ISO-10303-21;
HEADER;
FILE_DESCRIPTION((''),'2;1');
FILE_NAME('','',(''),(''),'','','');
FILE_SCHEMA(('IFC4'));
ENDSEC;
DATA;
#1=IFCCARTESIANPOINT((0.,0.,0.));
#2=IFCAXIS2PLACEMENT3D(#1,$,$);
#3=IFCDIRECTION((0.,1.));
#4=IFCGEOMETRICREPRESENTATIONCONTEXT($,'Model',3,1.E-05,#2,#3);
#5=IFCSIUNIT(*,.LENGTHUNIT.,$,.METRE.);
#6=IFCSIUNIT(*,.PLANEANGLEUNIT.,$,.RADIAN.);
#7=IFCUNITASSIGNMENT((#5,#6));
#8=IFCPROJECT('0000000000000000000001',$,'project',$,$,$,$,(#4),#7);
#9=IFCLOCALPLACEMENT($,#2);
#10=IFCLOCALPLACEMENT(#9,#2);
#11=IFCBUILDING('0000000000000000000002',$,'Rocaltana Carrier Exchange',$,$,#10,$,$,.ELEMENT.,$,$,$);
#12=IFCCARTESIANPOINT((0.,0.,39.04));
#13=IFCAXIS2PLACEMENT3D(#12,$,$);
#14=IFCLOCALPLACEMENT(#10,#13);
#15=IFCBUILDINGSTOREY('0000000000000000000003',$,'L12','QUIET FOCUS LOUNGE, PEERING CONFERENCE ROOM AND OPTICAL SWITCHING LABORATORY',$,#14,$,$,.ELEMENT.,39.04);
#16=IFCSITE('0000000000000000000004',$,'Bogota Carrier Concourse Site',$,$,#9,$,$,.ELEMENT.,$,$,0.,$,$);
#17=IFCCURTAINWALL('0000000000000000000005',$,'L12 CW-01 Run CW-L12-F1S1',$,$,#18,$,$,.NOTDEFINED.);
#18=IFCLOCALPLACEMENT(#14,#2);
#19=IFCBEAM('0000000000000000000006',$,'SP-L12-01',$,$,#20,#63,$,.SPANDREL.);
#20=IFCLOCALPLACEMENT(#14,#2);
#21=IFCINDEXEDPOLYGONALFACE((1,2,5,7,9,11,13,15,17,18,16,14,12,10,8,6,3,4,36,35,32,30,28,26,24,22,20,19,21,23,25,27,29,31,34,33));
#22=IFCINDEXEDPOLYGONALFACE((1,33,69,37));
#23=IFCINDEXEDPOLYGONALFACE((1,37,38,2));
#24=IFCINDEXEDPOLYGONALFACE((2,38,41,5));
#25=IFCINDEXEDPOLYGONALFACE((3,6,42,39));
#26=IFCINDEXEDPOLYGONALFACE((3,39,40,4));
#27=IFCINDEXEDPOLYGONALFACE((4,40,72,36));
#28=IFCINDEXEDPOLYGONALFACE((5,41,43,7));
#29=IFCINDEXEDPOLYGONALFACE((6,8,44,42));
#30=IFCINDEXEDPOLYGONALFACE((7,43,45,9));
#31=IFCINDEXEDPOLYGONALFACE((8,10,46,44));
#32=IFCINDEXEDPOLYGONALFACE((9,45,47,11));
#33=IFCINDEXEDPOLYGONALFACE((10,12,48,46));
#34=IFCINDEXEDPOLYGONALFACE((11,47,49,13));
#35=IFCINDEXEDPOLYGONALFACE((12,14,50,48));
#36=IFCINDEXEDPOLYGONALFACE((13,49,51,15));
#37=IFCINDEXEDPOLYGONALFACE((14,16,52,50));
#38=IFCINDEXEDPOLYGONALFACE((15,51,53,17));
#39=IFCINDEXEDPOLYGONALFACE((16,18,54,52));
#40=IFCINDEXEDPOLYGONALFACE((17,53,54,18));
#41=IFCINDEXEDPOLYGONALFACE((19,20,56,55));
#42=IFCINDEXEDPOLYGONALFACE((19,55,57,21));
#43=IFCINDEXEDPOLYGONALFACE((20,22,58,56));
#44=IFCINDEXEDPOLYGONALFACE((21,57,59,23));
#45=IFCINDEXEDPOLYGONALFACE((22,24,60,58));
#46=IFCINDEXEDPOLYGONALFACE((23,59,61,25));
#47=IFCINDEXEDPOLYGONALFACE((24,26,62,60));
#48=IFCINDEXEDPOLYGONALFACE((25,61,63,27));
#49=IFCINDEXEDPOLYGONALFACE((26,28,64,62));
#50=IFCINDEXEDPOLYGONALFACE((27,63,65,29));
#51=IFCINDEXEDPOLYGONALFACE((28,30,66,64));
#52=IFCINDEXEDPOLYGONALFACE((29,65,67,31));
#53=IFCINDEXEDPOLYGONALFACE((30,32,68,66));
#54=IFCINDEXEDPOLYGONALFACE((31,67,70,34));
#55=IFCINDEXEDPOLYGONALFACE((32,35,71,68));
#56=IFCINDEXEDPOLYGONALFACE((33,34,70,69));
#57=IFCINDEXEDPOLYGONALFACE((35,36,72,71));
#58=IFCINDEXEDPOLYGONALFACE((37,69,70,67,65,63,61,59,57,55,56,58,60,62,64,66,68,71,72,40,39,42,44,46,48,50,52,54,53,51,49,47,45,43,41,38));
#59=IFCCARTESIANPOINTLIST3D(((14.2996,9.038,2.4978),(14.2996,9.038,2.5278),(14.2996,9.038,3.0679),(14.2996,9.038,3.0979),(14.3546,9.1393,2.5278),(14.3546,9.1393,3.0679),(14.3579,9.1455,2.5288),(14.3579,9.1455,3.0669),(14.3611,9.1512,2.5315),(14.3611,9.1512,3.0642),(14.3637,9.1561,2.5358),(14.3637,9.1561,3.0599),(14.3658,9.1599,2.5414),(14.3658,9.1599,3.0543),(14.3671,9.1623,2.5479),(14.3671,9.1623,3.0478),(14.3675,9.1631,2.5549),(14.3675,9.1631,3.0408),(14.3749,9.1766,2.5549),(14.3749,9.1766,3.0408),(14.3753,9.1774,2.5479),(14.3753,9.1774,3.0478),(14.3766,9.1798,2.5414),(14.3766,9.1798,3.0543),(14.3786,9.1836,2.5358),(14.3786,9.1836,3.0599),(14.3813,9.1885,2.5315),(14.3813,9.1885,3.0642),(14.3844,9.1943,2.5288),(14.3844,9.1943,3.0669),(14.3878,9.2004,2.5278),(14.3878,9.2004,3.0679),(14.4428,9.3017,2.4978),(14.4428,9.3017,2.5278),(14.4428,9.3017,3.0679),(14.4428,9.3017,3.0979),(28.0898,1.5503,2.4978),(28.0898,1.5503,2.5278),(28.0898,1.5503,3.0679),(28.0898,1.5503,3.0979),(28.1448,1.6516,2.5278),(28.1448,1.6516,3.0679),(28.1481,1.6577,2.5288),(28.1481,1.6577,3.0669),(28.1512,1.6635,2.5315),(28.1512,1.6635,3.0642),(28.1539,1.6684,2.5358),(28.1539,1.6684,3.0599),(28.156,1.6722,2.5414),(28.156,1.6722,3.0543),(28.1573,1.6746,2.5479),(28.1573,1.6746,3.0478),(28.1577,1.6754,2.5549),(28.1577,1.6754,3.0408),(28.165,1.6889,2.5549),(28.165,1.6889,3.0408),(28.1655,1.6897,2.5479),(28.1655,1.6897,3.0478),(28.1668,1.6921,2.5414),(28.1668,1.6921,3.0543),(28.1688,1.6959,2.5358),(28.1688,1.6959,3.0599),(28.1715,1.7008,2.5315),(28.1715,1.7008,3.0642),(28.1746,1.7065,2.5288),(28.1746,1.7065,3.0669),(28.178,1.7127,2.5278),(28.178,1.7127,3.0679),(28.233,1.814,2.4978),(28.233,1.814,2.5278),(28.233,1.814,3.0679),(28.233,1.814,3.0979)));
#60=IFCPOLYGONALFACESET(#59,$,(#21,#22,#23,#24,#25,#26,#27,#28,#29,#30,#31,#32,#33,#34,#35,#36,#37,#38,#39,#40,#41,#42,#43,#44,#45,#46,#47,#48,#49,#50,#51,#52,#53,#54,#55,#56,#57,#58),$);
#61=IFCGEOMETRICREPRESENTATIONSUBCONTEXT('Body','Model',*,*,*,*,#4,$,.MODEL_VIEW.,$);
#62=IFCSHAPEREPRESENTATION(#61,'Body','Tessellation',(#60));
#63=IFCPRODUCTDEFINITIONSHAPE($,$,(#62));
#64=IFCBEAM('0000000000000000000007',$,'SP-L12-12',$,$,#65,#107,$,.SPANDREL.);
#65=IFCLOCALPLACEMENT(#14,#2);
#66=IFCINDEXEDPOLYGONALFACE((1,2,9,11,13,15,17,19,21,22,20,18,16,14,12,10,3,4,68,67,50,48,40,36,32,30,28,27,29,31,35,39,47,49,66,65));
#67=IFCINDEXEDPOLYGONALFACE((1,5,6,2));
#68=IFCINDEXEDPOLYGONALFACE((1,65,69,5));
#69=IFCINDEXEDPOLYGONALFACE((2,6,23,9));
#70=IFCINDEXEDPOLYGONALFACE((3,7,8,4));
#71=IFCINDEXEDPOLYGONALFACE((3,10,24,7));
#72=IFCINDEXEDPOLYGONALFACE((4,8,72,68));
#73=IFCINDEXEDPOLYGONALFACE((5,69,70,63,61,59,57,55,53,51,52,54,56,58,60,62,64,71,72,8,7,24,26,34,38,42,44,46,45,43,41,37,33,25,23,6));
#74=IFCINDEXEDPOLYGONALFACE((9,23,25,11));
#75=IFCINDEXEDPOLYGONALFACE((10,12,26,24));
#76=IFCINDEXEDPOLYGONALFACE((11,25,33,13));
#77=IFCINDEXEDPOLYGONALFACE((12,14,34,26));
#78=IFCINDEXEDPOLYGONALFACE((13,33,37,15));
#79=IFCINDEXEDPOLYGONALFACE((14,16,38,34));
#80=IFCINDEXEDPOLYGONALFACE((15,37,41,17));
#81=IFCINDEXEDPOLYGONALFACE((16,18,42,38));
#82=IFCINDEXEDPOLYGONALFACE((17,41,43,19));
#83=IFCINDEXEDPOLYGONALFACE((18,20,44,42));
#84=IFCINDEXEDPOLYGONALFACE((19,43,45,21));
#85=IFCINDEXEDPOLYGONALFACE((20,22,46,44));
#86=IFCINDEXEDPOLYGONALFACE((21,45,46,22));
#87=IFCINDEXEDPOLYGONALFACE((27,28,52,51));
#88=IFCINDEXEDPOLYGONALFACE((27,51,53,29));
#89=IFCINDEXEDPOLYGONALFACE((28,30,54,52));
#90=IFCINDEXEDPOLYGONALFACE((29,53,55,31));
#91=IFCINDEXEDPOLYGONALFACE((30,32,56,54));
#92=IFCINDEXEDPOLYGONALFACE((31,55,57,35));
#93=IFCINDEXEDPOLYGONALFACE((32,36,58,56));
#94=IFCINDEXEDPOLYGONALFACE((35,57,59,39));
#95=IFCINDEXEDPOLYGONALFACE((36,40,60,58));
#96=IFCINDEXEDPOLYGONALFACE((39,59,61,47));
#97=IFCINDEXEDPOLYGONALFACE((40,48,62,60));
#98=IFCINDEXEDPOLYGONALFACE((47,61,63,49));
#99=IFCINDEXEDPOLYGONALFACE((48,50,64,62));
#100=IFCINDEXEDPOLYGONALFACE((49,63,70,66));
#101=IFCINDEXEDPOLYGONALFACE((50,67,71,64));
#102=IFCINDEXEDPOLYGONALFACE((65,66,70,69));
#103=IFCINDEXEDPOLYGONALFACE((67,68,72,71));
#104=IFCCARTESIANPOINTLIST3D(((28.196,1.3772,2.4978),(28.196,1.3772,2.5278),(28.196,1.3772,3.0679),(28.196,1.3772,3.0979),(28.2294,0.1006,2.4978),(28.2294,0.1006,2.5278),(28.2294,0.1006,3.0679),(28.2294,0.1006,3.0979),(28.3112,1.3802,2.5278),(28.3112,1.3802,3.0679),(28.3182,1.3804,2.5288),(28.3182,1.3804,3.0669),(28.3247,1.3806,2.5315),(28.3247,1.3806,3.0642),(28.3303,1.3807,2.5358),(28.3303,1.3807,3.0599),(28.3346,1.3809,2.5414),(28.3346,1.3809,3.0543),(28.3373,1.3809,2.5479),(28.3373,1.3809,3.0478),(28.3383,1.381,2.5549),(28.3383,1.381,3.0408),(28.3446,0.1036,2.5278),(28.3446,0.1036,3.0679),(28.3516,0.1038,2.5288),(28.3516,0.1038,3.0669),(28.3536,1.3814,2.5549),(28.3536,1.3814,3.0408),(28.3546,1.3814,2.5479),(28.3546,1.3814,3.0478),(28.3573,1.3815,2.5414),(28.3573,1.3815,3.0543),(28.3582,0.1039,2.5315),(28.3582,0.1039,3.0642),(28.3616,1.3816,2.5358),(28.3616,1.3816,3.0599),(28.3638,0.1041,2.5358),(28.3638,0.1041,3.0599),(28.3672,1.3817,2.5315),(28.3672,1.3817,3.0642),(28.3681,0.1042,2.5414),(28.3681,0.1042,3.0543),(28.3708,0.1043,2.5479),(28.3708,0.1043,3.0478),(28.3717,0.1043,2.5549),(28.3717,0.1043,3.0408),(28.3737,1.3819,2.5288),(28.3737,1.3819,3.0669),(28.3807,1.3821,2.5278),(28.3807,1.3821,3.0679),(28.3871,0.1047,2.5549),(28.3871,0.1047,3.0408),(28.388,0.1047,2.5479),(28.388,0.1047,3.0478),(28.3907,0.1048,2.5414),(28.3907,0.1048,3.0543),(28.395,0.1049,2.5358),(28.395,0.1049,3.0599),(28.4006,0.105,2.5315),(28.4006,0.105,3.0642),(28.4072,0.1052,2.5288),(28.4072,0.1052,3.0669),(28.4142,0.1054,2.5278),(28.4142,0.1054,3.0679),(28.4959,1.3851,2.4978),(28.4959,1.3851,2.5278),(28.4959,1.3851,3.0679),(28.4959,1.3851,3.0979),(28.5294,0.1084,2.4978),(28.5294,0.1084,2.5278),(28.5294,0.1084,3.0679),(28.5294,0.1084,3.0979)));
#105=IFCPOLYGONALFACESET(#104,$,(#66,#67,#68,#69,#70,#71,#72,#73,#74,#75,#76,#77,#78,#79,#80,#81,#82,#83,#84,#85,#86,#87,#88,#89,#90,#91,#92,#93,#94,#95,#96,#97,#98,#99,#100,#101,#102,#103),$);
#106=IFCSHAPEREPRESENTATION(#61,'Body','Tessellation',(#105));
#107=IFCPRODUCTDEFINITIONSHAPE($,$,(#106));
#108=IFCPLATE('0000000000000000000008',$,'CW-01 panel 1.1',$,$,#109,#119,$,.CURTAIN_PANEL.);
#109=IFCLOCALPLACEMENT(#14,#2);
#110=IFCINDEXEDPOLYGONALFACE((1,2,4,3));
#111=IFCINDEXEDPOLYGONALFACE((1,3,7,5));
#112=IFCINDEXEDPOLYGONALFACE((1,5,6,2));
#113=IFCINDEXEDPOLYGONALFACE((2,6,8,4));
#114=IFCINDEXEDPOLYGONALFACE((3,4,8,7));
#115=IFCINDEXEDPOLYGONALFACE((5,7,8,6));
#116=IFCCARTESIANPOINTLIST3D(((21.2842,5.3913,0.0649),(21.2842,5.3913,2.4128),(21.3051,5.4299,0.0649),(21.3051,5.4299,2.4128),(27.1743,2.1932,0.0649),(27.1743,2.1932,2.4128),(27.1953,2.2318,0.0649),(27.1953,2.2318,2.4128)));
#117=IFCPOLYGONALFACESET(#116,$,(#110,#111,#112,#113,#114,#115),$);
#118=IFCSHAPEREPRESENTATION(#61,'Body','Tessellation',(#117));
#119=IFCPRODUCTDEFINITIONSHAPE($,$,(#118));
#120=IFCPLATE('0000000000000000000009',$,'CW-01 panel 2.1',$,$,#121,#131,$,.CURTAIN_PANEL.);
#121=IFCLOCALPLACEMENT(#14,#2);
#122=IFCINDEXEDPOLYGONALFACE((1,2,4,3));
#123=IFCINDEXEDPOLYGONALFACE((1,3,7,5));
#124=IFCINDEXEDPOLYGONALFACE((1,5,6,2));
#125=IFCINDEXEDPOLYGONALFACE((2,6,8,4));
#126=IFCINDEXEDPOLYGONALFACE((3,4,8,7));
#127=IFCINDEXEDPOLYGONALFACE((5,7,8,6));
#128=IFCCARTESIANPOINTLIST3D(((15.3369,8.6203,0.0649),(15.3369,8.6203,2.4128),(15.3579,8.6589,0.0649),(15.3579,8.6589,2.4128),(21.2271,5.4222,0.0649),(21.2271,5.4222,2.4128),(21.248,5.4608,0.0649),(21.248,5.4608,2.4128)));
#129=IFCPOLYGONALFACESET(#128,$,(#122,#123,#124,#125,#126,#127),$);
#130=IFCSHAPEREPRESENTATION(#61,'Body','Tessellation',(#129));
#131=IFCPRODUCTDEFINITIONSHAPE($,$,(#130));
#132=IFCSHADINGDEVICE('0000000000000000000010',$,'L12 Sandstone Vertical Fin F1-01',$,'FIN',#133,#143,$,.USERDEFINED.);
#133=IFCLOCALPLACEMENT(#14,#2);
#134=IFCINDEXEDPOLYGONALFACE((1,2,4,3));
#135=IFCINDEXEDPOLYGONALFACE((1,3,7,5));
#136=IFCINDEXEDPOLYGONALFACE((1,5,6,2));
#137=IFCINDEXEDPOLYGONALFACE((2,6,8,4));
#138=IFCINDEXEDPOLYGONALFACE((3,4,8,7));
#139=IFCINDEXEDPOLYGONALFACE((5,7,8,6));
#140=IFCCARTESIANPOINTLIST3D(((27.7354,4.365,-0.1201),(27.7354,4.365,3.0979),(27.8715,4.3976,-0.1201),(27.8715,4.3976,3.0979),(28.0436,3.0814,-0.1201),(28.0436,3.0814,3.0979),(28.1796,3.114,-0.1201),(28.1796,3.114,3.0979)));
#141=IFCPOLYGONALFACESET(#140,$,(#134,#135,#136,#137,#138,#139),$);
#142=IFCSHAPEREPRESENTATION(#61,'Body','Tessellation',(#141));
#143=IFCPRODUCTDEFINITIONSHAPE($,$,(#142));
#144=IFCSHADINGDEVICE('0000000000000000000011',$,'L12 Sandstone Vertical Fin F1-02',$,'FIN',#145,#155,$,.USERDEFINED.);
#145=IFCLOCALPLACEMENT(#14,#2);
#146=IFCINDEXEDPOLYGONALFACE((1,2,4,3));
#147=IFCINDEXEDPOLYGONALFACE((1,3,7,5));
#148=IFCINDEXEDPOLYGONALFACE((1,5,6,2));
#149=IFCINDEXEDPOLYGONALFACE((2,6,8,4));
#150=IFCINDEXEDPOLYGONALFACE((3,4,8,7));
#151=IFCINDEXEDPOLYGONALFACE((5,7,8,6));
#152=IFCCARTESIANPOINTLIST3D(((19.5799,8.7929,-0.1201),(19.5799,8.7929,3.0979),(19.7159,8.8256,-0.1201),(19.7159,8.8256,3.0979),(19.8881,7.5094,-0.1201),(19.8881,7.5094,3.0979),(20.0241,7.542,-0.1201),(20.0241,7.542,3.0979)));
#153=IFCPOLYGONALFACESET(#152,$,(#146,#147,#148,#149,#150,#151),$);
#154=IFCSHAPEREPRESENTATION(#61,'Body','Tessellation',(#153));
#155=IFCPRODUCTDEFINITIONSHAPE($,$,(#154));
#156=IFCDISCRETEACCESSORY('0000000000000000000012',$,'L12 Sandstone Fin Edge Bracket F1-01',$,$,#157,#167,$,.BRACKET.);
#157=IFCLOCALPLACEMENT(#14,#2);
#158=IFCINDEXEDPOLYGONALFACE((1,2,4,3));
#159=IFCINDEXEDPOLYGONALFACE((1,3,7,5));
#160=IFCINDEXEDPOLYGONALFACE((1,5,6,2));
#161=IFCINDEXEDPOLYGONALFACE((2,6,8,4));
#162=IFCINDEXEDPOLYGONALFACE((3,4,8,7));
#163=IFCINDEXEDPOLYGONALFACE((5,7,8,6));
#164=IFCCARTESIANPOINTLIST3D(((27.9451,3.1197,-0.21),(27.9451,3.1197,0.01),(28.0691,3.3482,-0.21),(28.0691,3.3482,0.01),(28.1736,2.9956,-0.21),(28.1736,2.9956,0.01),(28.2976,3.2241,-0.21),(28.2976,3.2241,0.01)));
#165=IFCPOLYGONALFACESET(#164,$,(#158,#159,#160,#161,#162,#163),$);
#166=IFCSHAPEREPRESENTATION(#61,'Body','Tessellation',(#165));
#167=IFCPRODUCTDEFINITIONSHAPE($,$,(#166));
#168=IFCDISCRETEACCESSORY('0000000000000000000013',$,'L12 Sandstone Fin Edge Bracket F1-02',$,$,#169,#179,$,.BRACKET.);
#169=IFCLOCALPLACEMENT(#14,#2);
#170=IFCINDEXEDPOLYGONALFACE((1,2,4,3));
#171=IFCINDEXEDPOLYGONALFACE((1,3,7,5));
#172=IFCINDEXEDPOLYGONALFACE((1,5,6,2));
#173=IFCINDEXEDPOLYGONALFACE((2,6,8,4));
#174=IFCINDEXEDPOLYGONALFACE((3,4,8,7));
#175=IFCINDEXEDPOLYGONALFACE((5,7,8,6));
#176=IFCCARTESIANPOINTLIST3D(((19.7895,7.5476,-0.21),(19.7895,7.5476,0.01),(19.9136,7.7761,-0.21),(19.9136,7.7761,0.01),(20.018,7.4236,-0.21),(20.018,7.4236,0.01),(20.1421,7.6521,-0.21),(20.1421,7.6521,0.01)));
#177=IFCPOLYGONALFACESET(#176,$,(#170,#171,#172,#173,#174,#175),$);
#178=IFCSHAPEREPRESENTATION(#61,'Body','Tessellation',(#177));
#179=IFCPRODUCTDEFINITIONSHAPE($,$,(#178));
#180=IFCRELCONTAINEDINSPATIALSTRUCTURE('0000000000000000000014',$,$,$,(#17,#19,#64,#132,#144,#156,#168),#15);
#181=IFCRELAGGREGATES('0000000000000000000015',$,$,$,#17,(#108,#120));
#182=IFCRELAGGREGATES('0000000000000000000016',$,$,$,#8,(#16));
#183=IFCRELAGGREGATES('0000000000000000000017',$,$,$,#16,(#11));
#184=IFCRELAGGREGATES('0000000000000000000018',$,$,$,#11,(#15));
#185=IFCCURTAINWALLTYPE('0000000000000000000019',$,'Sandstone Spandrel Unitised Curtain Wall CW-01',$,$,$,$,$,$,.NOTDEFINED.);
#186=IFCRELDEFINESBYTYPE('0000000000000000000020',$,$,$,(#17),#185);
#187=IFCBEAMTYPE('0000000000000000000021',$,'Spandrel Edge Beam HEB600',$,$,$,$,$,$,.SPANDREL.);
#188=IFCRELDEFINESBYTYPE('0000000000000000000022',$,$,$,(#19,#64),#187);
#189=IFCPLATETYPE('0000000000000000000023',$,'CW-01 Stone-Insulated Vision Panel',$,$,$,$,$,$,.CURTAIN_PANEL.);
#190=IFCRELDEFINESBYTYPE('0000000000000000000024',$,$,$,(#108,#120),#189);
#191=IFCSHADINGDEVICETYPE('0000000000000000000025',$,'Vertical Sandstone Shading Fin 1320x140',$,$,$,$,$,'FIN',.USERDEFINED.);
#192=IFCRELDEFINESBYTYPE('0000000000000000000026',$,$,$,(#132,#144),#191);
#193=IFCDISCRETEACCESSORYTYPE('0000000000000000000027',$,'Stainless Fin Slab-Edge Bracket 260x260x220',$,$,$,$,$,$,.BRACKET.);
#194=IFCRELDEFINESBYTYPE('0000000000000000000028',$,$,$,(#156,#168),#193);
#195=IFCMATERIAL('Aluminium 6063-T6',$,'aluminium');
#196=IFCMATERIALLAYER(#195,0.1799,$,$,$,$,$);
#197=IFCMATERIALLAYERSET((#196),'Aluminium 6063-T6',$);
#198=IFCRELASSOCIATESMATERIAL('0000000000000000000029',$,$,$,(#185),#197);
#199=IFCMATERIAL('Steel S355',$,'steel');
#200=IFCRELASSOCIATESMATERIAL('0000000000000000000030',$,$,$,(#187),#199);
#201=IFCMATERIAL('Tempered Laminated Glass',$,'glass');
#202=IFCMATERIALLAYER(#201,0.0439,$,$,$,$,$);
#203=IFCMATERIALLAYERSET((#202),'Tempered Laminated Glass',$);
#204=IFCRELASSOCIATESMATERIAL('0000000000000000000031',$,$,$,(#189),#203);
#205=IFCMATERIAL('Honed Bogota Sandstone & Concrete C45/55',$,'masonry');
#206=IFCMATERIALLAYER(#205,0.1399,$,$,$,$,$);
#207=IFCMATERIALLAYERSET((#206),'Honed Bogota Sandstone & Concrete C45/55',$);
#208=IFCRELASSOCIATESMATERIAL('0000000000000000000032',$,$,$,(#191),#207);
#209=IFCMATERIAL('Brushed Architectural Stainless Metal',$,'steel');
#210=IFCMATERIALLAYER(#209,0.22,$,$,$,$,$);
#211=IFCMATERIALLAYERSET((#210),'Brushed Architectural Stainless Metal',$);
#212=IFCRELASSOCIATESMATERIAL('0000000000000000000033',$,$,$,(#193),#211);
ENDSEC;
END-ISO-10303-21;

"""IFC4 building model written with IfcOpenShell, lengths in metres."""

from ifc_helpers import new_model, si_unit, direction, frame, origin, origin_2d, place, context, subcontext, project, spatial, rectangle, i_section, extrude, material, layer, layer_set, material_profile, profile_set, type_object, element, aggregate, save


model = new_model("IFC4")

# Units and contexts
model_context = context("Model", 3, precision=1e-05, world=origin(), true_north=direction((0.0, 1.0)))
body_context = subcontext(model_context, "Body", "Model", "MODEL_VIEW")
ifc_project = project(units=[si_unit("LENGTHUNIT", "METRE"), si_unit("PLANEANGLEUNIT", "RADIAN")], contexts=[model_context])

# Site, building, storey
site_placement = place(None, origin())
site = spatial("IfcSite", under=ifc_project, at=site_placement, Name="Bogota Carrier Concourse Site", CompositionType="ELEMENT", RefElevation=0.0)
building_placement = place(site_placement, origin())
building = spatial("IfcBuilding", under=site, at=building_placement, Name="Rocaltana Carrier Exchange", CompositionType="ELEMENT")
storey_placement = place(building_placement, frame((0.0, 0.0, 39.04)))
storey = spatial("IfcBuildingStorey", under=building, at=storey_placement, Name="L12", Description="QUIET FOCUS LOUNGE, PEERING CONFERENCE ROOM AND OPTICAL SWITCHING LABORATORY", CompositionType="ELEMENT", Elevation=39.04)

# Curtain wall
ifc_material_1 = material(Name="Aluminium 6063-T6", Category="aluminium")
ifc_layer_1 = layer(ifc_material_1, 0.1799)
ifc_layer_set_1 = layer_set([ifc_layer_1], Name="Aluminium 6063-T6")
curtain_wall_type = type_object("IfcCurtainWallType", Name="Sandstone Spandrel Unitised Curtain Wall CW-01", PredefinedType="NOTDEFINED", material=ifc_layer_set_1)
curtain_wall_placement = place(storey_placement, origin())
curtain_wall = element("IfcCurtainWall", 1, at=curtain_wall_placement, inside=storey, type_object=curtain_wall_type, Name="L12 CW-01 Run CW-L12-F1S1", PredefinedType="NOTDEFINED")

# Beams
ifc_material_2 = material(Name="Steel S355", Category="steel")
ifc_material_profile_1 = material_profile(ifc_material_2, i_section(OverallWidth=0.3, OverallDepth=0.6001, WebThickness=0.0154, FlangeThickness=0.03, FilletRadius=0.0271, at=origin_2d()), Name="HEB600")
ifc_profile_set_1 = profile_set([ifc_material_profile_1], Name="Steel S355")
beam_type_1 = type_object("IfcBeamType", Name="Spandrel Edge Beam HEB600", PredefinedType="SPANDREL", material=ifc_profile_set_1)
beam_1_placement = place(storey_placement, frame((28.1614, 1.6821, 2.7979), z_axis=(-0.87881, 0.477173, 0.0), x_axis=(-0.477173, -0.87881, 0.0)))
element("IfcBeam", 2, at=beam_1_placement, inside=storey, type_object=beam_type_1, Name="SP-L12-01", PredefinedType="SPANDREL", context=body_context, shape_type="SweptSolid", body=[
    extrude(i_section(OverallWidth=0.3, OverallDepth=0.6001, WebThickness=0.0154, FlangeThickness=0.03, FilletRadius=0.0271, at=origin_2d()), origin(), (0.0, 0.0, 1.0), 15.6919),
])
beam_2_placement = place(storey_placement, frame((28.3794, 0.1045, 2.7979), z_axis=(-0.026191, 0.999657, 0.0), x_axis=(-0.999657, -0.026191, 0.0)))
element("IfcBeam", 3, at=beam_2_placement, inside=storey, type_object=beam_type_1, Name="SP-L12-12", PredefinedType="SPANDREL", context=body_context, shape_type="SweptSolid", body=[
    extrude(i_section(OverallWidth=0.3, OverallDepth=0.6001, WebThickness=0.0154, FlangeThickness=0.03, FilletRadius=0.0271, at=origin_2d()), origin(), (0.0, 0.0, 1.0), 1.2771),
])

# Plates
ifc_material_3 = material(Name="Tempered Laminated Glass", Category="glass")
ifc_layer_2 = layer(ifc_material_3, 0.0439)
ifc_layer_set_2 = layer_set([ifc_layer_2], Name="Tempered Laminated Glass")
plate_type = type_object("IfcPlateType", Name="CW-01 Stone-Insulated Vision Panel", PredefinedType="CURTAIN_PANEL", material=ifc_layer_set_2)
plate_1_placement = place(storey_placement, frame((24.2397, 3.8115, 0.0649), z_axis=(0.0, 0.0, 1.0), x_axis=(-0.878816, 0.477161, 0.0)))
plate_1 = element("IfcPlate", 4, at=plate_1_placement, type_object=plate_type, Name="CW-01 panel 1.1", PredefinedType="CURTAIN_PANEL", context=body_context, shape_type="SweptSolid", body=[
    extrude(rectangle(XDim=6.7024, YDim=0.0439, at=origin_2d()), origin(), (0.0, 0.0, 1.0), 2.3479),
])
plate_2_placement = place(storey_placement, frame((18.2925, 7.0405, 0.0649), z_axis=(0.0, 0.0, 1.0), x_axis=(-0.878816, 0.477161, 0.0)))
plate_2 = element("IfcPlate", 5, at=plate_2_placement, type_object=plate_type, Name="CW-01 panel 2.1", PredefinedType="CURTAIN_PANEL", context=body_context, shape_type="SweptSolid", body=[
    extrude(rectangle(XDim=6.7024, YDim=0.0439, at=origin_2d()), origin(), (0.0, 0.0, 1.0), 2.3479),
])
aggregate(curtain_wall, [plate_1, plate_2])

# Shading devices
ifc_material_4 = material(Name="Honed Bogota Sandstone & Concrete C45/55", Category="masonry")
ifc_layer_3 = layer(ifc_material_4, 0.1399)
ifc_layer_set_3 = layer_set([ifc_layer_3], Name="Honed Bogota Sandstone & Concrete C45/55")
shading_device_type = type_object("IfcShadingDeviceType", Name="Vertical Sandstone Shading Fin 1320x140", ElementType="FIN", PredefinedType="USERDEFINED", material=ifc_layer_set_3)
for number, where, z_axis, x_axis, name in (
    (6, (27.9575, 3.7395, -0.1201), (0.0, 0.0, 1.0), (-0.233445, 0.97237, 0.0), "L12 Sandstone Vertical Fin F1-01"),
    (7, (19.802, 8.1675, -0.1201), (0.0, 0.0, 1.0), (-0.233445, 0.97237, 0.0), "L12 Sandstone Vertical Fin F1-02"),
):
    element("IfcShadingDevice", number, at=place(storey_placement, frame(where, z_axis=z_axis, x_axis=x_axis)), inside=storey, type_object=shading_device_type, Name=name, ObjectType="FIN", PredefinedType="USERDEFINED", context=body_context, shape_type="SweptSolid", body=[
        extrude(rectangle(XDim=1.3201, YDim=0.1399, at=origin_2d()), origin(), (0.0, 0.0, 1.0), 3.218),
    ])

# Discrete accessories
ifc_material_5 = material(Name="Brushed Architectural Stainless Metal", Category="steel")
ifc_layer_4 = layer(ifc_material_5, 0.22)
ifc_layer_set_4 = layer_set([ifc_layer_4], Name="Brushed Architectural Stainless Metal")
discrete_accessory_type = type_object("IfcDiscreteAccessoryType", Name="Stainless Fin Slab-Edge Bracket 260x260x220", PredefinedType="BRACKET", material=ifc_layer_set_4)
for number, where, z_axis, x_axis, name in (
    (8, (28.1213, 3.1719, -0.21), (0.0, 0.0, 1.0), (-0.878817, 0.477159, 0.0), "L12 Sandstone Fin Edge Bracket F1-01"),
    (9, (19.9658, 7.5999, -0.21), (0.0, 0.0, 1.0), (-0.878817, 0.477159, 0.0), "L12 Sandstone Fin Edge Bracket F1-02"),
):
    element("IfcDiscreteAccessory", number, at=place(storey_placement, frame(where, z_axis=z_axis, x_axis=x_axis)), inside=storey, type_object=discrete_accessory_type, Name=name, PredefinedType="BRACKET", context=body_context, shape_type="SweptSolid", body=[
        extrude(rectangle(XDim=0.26, YDim=0.26, at=origin_2d()), origin(), (0.0, 0.0, 1.0), 0.22),
    ])

save(model, "model.ifc")
